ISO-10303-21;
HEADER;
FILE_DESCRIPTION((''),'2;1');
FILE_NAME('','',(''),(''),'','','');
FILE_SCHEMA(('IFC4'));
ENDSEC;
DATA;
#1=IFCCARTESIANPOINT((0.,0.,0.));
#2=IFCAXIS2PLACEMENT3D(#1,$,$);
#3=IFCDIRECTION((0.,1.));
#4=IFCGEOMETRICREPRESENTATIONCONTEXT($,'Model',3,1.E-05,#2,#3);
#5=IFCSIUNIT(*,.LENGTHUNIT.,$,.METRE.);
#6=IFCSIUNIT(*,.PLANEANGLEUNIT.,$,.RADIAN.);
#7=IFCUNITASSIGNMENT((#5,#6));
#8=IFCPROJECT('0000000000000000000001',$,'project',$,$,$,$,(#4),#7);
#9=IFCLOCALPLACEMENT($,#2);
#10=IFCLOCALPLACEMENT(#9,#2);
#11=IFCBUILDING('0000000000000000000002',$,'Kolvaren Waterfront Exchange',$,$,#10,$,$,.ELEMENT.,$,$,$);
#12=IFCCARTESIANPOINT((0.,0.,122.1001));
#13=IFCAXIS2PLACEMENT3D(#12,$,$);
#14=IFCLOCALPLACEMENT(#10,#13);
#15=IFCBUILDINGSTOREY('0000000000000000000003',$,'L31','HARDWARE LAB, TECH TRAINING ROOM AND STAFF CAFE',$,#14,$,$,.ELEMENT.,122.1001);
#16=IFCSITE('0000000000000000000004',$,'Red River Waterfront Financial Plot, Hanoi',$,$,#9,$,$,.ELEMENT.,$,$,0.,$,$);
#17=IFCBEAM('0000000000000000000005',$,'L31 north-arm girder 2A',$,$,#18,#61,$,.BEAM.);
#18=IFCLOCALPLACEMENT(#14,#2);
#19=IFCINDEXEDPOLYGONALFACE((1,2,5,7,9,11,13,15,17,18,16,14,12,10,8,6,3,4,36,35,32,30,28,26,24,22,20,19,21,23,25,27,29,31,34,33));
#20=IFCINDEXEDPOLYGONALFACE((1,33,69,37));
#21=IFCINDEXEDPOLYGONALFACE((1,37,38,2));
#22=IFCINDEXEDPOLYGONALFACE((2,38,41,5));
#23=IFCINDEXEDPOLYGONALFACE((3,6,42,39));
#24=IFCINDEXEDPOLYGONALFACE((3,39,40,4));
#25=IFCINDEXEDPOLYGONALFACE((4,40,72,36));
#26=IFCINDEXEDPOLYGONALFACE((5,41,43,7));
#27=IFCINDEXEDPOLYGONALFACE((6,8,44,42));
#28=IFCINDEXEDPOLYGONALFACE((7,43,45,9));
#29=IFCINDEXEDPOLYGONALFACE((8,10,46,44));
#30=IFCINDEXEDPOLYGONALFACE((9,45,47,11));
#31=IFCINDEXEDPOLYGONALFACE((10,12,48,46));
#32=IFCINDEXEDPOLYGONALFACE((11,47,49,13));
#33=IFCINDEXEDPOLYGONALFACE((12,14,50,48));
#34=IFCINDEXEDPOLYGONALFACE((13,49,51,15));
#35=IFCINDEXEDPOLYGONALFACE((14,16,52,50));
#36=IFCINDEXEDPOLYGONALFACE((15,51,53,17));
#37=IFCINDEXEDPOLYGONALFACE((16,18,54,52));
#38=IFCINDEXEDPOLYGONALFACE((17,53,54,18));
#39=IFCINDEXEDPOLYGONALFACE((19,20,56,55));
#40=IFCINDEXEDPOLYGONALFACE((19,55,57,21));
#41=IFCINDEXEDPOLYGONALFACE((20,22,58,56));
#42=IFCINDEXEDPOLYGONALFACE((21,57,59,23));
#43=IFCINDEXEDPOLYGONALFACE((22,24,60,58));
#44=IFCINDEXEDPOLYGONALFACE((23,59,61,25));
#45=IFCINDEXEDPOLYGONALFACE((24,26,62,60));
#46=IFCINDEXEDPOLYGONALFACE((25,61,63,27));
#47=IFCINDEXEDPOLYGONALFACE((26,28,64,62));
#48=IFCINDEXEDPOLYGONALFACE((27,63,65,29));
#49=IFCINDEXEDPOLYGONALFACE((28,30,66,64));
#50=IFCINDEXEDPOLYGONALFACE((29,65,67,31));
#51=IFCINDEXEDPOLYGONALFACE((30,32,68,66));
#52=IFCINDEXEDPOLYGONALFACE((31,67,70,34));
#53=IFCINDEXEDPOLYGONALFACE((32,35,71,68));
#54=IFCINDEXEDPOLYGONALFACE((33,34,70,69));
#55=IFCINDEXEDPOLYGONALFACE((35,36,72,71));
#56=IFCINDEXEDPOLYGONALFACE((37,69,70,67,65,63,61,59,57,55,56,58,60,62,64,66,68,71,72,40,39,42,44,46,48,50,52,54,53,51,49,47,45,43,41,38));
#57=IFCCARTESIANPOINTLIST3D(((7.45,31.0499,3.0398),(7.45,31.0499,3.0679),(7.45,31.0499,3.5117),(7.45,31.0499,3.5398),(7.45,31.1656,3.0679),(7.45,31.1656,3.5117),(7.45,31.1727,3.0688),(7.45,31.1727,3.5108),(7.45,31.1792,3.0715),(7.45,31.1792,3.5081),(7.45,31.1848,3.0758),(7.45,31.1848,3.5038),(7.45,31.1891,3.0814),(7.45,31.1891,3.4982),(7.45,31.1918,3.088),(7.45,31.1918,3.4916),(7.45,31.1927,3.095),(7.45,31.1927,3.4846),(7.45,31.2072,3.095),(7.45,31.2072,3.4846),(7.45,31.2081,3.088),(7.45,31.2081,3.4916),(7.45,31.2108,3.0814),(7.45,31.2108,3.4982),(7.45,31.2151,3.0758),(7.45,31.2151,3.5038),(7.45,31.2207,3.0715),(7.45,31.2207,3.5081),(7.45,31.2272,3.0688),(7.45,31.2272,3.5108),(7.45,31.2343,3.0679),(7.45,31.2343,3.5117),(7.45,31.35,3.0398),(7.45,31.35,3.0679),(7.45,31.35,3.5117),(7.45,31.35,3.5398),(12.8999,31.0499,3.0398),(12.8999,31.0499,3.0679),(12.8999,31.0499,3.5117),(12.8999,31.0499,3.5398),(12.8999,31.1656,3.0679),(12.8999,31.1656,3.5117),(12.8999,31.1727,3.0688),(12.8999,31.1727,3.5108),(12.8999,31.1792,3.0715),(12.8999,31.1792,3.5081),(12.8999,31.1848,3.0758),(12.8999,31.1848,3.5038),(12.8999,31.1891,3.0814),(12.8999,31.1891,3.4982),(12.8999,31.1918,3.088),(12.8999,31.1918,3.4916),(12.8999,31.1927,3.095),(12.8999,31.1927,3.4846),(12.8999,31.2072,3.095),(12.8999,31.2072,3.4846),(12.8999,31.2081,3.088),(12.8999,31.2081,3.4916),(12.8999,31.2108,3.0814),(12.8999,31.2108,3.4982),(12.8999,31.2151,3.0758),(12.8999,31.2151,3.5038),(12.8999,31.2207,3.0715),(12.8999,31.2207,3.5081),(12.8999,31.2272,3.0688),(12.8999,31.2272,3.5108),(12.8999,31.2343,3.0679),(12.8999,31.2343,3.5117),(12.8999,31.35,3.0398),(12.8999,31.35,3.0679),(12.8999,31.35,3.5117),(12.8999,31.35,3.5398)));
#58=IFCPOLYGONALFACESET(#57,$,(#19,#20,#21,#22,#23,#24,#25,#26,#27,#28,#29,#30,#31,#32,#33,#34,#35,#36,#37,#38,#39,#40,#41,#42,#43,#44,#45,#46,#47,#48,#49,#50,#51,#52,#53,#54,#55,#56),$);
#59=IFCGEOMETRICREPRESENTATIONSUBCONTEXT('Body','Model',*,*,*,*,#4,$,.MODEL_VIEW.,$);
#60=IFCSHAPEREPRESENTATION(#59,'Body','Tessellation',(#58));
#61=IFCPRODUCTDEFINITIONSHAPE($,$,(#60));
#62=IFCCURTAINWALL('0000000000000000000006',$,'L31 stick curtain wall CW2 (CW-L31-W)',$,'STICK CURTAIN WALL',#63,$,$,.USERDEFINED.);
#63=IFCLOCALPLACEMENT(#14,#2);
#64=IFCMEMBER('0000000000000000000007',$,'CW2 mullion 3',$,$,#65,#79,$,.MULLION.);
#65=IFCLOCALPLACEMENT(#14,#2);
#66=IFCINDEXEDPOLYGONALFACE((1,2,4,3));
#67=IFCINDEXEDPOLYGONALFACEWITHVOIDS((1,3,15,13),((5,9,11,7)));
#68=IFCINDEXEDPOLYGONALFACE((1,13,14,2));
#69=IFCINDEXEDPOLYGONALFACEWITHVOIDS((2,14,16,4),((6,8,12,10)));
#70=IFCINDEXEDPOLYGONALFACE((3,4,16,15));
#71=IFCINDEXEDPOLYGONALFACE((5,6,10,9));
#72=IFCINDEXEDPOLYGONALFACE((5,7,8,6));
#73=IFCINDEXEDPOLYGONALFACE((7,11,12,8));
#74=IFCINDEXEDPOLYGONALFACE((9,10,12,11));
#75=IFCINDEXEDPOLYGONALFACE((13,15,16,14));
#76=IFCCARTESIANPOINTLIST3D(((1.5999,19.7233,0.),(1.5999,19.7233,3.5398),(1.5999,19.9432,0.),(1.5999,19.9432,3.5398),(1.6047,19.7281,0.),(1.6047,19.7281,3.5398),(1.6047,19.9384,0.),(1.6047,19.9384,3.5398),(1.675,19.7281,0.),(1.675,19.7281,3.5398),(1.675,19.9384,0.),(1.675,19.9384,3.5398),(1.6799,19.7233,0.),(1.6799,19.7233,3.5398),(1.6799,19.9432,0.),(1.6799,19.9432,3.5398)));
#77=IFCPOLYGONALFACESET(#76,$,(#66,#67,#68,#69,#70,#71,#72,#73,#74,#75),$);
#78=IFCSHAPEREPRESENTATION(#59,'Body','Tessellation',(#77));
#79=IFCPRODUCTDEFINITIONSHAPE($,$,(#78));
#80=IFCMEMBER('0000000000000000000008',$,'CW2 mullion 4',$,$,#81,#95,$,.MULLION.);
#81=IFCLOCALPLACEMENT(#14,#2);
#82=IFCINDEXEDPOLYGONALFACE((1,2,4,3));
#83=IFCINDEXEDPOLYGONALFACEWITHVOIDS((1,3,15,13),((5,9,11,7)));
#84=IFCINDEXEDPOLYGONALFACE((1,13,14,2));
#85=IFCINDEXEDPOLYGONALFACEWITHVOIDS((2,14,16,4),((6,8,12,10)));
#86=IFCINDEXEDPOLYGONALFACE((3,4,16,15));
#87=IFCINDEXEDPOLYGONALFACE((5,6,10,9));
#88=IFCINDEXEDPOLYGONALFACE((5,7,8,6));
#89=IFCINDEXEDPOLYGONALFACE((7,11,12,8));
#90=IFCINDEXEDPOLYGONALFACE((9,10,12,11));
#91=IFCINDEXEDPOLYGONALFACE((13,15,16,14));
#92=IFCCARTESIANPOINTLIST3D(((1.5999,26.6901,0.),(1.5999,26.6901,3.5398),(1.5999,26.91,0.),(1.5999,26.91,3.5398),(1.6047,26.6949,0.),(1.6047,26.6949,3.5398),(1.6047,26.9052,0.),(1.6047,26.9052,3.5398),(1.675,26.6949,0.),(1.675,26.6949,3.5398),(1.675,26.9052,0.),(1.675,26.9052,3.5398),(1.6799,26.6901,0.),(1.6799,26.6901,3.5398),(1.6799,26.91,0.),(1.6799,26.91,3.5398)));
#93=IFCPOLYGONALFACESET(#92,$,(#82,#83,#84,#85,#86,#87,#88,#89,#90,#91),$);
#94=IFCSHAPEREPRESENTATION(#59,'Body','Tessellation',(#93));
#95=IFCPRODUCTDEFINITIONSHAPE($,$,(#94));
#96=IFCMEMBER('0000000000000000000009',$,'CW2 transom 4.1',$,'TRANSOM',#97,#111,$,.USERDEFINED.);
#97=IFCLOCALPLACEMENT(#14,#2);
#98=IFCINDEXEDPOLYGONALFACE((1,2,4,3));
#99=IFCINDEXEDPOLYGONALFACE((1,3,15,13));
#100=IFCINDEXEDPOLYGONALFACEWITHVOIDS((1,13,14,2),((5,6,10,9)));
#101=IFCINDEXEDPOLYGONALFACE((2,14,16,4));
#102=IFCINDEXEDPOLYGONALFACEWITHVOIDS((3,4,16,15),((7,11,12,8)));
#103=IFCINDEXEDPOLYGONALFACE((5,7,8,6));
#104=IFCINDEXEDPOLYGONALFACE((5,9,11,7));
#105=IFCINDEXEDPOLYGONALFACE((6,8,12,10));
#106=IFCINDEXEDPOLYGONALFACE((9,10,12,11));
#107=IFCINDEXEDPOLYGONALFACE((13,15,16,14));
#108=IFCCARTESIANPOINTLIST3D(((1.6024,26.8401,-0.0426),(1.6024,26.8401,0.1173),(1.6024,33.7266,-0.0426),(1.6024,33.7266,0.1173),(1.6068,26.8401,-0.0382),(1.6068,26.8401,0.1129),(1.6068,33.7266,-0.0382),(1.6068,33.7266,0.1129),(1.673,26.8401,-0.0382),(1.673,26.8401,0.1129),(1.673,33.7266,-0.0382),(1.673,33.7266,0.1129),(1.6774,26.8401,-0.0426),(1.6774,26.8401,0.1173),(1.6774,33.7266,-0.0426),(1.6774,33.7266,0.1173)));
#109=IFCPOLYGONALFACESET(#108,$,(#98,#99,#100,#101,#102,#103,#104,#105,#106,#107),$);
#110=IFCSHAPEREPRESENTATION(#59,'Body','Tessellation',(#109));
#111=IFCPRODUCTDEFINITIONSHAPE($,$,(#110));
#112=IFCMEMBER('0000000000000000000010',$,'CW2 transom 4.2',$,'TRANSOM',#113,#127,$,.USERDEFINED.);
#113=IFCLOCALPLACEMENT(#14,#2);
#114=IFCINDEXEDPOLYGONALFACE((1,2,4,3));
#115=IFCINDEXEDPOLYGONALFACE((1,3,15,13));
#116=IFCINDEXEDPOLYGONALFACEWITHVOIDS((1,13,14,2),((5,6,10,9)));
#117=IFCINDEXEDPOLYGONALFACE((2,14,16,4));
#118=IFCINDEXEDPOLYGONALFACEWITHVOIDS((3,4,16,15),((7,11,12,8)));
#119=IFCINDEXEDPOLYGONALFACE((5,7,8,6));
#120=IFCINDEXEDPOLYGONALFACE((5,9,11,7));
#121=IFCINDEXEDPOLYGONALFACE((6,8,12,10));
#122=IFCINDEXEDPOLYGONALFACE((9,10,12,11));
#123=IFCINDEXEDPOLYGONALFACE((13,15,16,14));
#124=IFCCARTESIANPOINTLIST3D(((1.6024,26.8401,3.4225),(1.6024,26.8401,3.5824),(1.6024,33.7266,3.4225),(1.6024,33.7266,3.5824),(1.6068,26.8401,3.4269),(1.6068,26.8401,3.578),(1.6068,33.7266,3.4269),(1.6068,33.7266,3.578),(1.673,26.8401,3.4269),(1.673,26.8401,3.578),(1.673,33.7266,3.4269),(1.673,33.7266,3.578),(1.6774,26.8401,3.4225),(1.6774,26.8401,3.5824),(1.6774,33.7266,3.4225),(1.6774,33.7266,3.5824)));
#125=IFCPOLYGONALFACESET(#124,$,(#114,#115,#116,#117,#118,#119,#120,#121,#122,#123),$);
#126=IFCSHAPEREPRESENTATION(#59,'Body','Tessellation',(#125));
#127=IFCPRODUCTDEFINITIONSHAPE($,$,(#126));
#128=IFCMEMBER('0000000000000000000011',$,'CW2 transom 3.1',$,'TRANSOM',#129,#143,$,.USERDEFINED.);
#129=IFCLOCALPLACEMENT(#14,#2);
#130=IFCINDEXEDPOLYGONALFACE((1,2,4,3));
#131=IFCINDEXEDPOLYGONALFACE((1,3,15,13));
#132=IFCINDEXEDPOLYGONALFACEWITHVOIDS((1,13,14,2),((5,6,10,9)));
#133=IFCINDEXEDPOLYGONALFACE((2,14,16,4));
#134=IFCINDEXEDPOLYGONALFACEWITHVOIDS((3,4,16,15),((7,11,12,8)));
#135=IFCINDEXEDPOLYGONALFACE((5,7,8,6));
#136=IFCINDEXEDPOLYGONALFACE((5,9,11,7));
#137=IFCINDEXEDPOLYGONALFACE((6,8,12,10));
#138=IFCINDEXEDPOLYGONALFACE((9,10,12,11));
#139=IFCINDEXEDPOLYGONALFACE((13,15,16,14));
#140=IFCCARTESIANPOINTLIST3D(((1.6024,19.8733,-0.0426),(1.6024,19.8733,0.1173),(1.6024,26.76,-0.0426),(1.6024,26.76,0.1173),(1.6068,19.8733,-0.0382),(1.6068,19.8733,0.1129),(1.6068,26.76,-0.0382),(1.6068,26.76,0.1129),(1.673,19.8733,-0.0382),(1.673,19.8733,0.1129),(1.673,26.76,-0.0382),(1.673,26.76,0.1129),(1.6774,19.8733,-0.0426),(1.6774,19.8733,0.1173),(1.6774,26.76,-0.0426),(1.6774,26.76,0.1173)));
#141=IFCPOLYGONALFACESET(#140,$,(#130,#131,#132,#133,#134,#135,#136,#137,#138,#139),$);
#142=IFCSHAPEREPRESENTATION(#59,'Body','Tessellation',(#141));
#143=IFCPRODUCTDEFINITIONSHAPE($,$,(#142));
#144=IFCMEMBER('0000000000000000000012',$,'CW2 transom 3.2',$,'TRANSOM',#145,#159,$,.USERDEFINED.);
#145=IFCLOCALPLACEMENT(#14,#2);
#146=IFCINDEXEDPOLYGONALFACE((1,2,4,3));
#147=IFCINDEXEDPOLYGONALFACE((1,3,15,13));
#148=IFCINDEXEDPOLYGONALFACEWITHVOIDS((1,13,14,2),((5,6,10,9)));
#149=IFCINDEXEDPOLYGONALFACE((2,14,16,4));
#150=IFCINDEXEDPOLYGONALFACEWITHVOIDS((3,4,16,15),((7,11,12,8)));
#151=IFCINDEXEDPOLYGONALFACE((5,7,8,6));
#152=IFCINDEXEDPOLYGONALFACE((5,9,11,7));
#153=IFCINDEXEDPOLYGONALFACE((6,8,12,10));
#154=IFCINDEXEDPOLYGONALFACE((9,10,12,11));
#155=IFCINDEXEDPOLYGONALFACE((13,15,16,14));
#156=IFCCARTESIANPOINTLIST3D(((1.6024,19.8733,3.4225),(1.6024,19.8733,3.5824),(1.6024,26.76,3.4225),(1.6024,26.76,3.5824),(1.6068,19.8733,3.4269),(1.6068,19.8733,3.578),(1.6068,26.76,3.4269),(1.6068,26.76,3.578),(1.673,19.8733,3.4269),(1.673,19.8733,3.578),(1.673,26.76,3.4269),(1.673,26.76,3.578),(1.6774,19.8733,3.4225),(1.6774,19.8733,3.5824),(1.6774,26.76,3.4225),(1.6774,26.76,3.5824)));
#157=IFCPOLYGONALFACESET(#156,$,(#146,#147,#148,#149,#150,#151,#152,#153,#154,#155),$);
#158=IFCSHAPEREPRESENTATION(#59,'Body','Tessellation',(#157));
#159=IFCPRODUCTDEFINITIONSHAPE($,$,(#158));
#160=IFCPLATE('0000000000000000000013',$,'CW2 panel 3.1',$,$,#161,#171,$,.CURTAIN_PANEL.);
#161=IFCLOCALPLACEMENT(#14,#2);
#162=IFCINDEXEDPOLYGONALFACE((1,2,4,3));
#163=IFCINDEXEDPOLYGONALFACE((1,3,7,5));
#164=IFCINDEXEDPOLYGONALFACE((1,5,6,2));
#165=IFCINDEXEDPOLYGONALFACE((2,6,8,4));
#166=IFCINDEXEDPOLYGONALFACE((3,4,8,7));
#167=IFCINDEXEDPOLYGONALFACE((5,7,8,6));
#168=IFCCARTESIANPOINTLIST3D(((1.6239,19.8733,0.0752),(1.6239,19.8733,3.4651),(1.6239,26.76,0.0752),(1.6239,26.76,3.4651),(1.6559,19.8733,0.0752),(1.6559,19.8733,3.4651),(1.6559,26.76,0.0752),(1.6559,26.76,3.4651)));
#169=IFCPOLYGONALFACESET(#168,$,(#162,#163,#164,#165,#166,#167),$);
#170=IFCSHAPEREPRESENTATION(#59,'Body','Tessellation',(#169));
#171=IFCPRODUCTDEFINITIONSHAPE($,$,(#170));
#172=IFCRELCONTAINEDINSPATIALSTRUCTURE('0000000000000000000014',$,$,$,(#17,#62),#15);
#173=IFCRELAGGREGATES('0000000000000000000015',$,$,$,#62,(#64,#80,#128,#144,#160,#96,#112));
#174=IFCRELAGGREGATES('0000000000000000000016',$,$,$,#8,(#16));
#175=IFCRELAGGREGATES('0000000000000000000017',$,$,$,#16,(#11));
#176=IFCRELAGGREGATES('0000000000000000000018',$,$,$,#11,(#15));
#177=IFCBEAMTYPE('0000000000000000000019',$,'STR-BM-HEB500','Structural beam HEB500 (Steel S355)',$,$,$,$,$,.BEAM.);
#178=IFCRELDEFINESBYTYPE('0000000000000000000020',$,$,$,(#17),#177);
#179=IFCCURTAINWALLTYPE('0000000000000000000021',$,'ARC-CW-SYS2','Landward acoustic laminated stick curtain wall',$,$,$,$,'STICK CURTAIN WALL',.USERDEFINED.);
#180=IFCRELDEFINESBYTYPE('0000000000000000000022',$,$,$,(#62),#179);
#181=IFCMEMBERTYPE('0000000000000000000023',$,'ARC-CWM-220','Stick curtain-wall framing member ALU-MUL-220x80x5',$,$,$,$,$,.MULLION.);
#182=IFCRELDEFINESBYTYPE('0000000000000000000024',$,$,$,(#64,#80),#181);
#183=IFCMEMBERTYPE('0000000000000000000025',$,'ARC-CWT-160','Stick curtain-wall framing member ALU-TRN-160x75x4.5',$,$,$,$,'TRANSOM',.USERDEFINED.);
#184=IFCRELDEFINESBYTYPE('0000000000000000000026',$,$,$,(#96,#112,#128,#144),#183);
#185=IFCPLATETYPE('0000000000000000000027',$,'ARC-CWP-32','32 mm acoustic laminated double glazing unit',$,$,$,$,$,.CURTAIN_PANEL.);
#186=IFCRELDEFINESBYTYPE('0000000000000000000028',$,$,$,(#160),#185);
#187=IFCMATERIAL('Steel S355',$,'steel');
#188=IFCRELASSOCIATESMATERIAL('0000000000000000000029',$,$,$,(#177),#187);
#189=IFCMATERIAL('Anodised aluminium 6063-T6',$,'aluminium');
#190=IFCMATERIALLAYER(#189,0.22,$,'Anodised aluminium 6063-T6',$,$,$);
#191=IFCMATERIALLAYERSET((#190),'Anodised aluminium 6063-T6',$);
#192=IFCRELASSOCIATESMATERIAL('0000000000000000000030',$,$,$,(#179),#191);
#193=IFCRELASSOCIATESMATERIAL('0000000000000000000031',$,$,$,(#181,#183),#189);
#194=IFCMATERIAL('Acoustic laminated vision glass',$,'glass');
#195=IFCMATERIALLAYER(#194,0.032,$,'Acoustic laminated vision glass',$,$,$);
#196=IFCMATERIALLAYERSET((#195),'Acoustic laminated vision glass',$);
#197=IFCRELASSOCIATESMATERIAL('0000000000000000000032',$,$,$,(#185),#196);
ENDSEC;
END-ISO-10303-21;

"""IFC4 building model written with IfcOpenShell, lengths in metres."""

from ifc_helpers import new_model, si_unit, direction, frame, origin, origin_with_axes, origin_2d, place, context, subcontext, project, spatial, rectangle, hollow_rectangle, i_section, extrude, source, transform, mapped, material, layer, layer_set, material_profile, profile_set, type_object, element, aggregate, save


model = new_model("IFC4")

# Units and contexts
model_context = context("Model", 3, precision=1e-05, world=origin(), true_north=direction((0.0, 1.0)))
body_context = subcontext(model_context, "Body", "Model", "MODEL_VIEW")
ifc_project = project(units=[si_unit("LENGTHUNIT", "METRE"), si_unit("PLANEANGLEUNIT", "RADIAN")], contexts=[model_context])

# Site, building, storey
site_placement = place(None, origin())
site = spatial("IfcSite", under=ifc_project, at=site_placement, Name="Red River Waterfront Financial Plot, Hanoi", CompositionType="ELEMENT", RefElevation=0.0)
building_placement = place(site_placement, origin())
building = spatial("IfcBuilding", under=site, at=building_placement, Name="Kolvaren Waterfront Exchange", CompositionType="ELEMENT")
storey_placement = place(building_placement, frame((0.0, 0.0, 122.1001)))
storey = spatial("IfcBuildingStorey", under=building, at=storey_placement, Name="L31", Description="HARDWARE LAB, TECH TRAINING ROOM AND STAFF CAFE", CompositionType="ELEMENT", Elevation=122.1001)

# Beam
ifc_material_1 = material(Name="Steel S355", Category="steel")
ifc_material_profile_1 = material_profile(ifc_material_1, i_section(OverallWidth=0.3, OverallDepth=0.5, WebThickness=0.0144, FlangeThickness=0.0281, FilletRadius=0.0271, at=origin_2d()), Name="HEB500")
ifc_profile_set_1 = profile_set([ifc_material_profile_1], Name="Steel S355")
beam_type_1 = type_object("IfcBeamType", Name="STR-BM-HEB500", Description="Structural beam HEB500 (Steel S355)", PredefinedType="BEAM", material=ifc_profile_set_1)
for number, where, z_axis, x_axis, name in (
    (1, (7.45, 31.2, 3.2898), (1.0, 0.0, 0.0), (0.0, 1.0, 0.0), "L31 north-arm girder 2A"),
):
    element("IfcBeam", number, at=place(storey_placement, frame(where, z_axis=z_axis, x_axis=x_axis)), inside=storey, type_object=beam_type_1, Name=name, PredefinedType="BEAM", context=body_context, shape_type="SweptSolid", body=[
        extrude(i_section(OverallWidth=0.3, OverallDepth=0.5, WebThickness=0.0144, FlangeThickness=0.0281, FilletRadius=0.0271, at=origin_2d()), origin(), (0.0, 0.0, 1.0), 5.45),
    ])

# Curtain wall, members, plate
ifc_material_2 = material(Name="Anodised aluminium 6063-T6", Category="aluminium")
ifc_layer_1 = layer(ifc_material_2, 0.22, Name="Anodised aluminium 6063-T6")
ifc_layer_set_1 = layer_set([ifc_layer_1], Name="Anodised aluminium 6063-T6")
curtain_wall_type = type_object("IfcCurtainWallType", Name="ARC-CW-SYS2", Description="Landward acoustic laminated stick curtain wall", ElementType="STICK CURTAIN WALL", PredefinedType="USERDEFINED", material=ifc_layer_set_1)
curtain_wall_placement = place(storey_placement, origin())
curtain_wall = element("IfcCurtainWall", 2, at=curtain_wall_placement, inside=storey, type_object=curtain_wall_type, Name="L31 stick curtain wall CW2 (CW-L31-W)", ObjectType="STICK CURTAIN WALL", PredefinedType="USERDEFINED")
ifc_material_profile_2 = material_profile(ifc_material_2, hollow_rectangle(XDim=0.0801, YDim=0.22, WallThickness=0.0049, at=origin_2d()), Name="ALU-MUL-220x80x5")
ifc_profile_set_2 = profile_set([ifc_material_profile_2], Name="Anodised aluminium 6063-T6")
member_type_1 = type_object("IfcMemberType", Name="ARC-CWM-220", Description="Stick curtain-wall framing member ALU-MUL-220x80x5", PredefinedType="MULLION", material=ifc_profile_set_2)
shared_shape_1 = source(origin_with_axes(), body_context, "Body", "SweptSolid", [
    extrude(hollow_rectangle(XDim=0.0801, YDim=0.22, WallThickness=0.0049, at=origin_2d()), origin(), (0.0, 0.0, 1.0), 3.5398),
])
member_1_placement = place(storey_placement, frame((1.6399, 19.8333, 0.0), z_axis=(0.0, 0.0, 1.0), x_axis=(-1.0, 0.0, 0.0)))
member_1 = element("IfcMember", 3, at=member_1_placement, type_object=member_type_1, Name="CW2 mullion 3", PredefinedType="MULLION", context=body_context, shape_type="MappedRepresentation", body=[
    mapped(shared_shape_1, transform((0.0, 0.0, 0.0), x_axis=(1.0, 0.0, 0.0), y_axis=(0.0, 1.0, 0.0), z_axis=(0.0, 0.0, 1.0), scale=1.0)),
])
member_2_placement = place(storey_placement, frame((1.6399, 26.8, 0.0), z_axis=(0.0, 0.0, 1.0), x_axis=(-1.0, 0.0, 0.0)))
member_2 = element("IfcMember", 4, at=member_2_placement, type_object=member_type_1, Name="CW2 mullion 4", PredefinedType="MULLION", context=body_context, shape_type="MappedRepresentation", body=[
    mapped(shared_shape_1, transform((0.0, 0.0, 0.0), x_axis=(1.0, 0.0, 0.0), y_axis=(0.0, 1.0, 0.0), z_axis=(0.0, 0.0, 1.0), scale=1.0)),
])
ifc_material_profile_3 = material_profile(ifc_material_2, hollow_rectangle(XDim=0.075, YDim=0.1599, WallThickness=0.0044, at=origin_2d()), Name="ALU-TRN-160x75x4.5")
ifc_profile_set_3 = profile_set([ifc_material_profile_3], Name="Anodised aluminium 6063-T6")
member_type_2 = type_object("IfcMemberType", Name="ARC-CWT-160", Description="Stick curtain-wall framing member ALU-TRN-160x75x4.5", ElementType="TRANSOM", PredefinedType="USERDEFINED", material=ifc_profile_set_3)
shared_shape_2 = source(origin_with_axes(), body_context, "Body", "SweptSolid", [
    extrude(hollow_rectangle(XDim=0.075, YDim=0.1599, WallThickness=0.0044, at=origin_2d()), origin(), (0.0, 0.0, 1.0), 6.8865),
])
member_3_placement = place(storey_placement, frame((1.6399, 26.8401, 0.0374), z_axis=(0.0, 1.0, 0.0), x_axis=(-1.0, 0.0, 0.0)))
member_3 = element("IfcMember", 5, at=member_3_placement, type_object=member_type_2, Name="CW2 transom 4.1", ObjectType="TRANSOM", PredefinedType="USERDEFINED", context=body_context, shape_type="MappedRepresentation", body=[
    mapped(shared_shape_2, transform((0.0, 0.0, 0.0), x_axis=(1.0, 0.0, 0.0), y_axis=(0.0, 1.0, 0.0), z_axis=(0.0, 0.0, 1.0), scale=1.0)),
])
member_4_placement = place(storey_placement, frame((1.6399, 26.8401, 3.5024), z_axis=(0.0, 1.0, 0.0), x_axis=(-1.0, 0.0, 0.0)))
member_4 = element("IfcMember", 6, at=member_4_placement, type_object=member_type_2, Name="CW2 transom 4.2", ObjectType="TRANSOM", PredefinedType="USERDEFINED", context=body_context, shape_type="MappedRepresentation", body=[
    mapped(shared_shape_2, transform((0.0, 0.0, 0.0), x_axis=(1.0, 0.0, 0.0), y_axis=(0.0, 1.0, 0.0), z_axis=(0.0, 0.0, 1.0), scale=1.0)),
])
shared_shape_3 = source(origin_with_axes(), body_context, "Body", "SweptSolid", [
    extrude(hollow_rectangle(XDim=0.075, YDim=0.1599, WallThickness=0.0044, at=origin_2d()), origin(), (0.0, 0.0, 1.0), 6.8867),
])
member_5_placement = place(storey_placement, frame((1.6399, 19.8733, 0.0374), z_axis=(0.0, 1.0, 0.0), x_axis=(-1.0, 0.0, 0.0)))
member_5 = element("IfcMember", 7, at=member_5_placement, type_object=member_type_2, Name="CW2 transom 3.1", ObjectType="TRANSOM", PredefinedType="USERDEFINED", context=body_context, shape_type="MappedRepresentation", body=[
    mapped(shared_shape_3, transform((0.0, 0.0, 0.0), x_axis=(1.0, 0.0, 0.0), y_axis=(0.0, 1.0, 0.0), z_axis=(0.0, 0.0, 1.0), scale=1.0)),
])
member_6_placement = place(storey_placement, frame((1.6399, 19.8733, 3.5024), z_axis=(0.0, 1.0, 0.0), x_axis=(-1.0, 0.0, 0.0)))
member_6 = element("IfcMember", 8, at=member_6_placement, type_object=member_type_2, Name="CW2 transom 3.2", ObjectType="TRANSOM", PredefinedType="USERDEFINED", context=body_context, shape_type="MappedRepresentation", body=[
    mapped(shared_shape_3, transform((0.0, 0.0, 0.0), x_axis=(1.0, 0.0, 0.0), y_axis=(0.0, 1.0, 0.0), z_axis=(0.0, 0.0, 1.0), scale=1.0)),
])
ifc_material_3 = material(Name="Acoustic laminated vision glass", Category="glass")
ifc_layer_2 = layer(ifc_material_3, 0.032, Name="Acoustic laminated vision glass")
ifc_layer_set_2 = layer_set([ifc_layer_2], Name="Acoustic laminated vision glass")
plate_type = type_object("IfcPlateType", Name="ARC-CWP-32", Description="32 mm acoustic laminated double glazing unit", PredefinedType="CURTAIN_PANEL", material=ifc_layer_set_2)
shared_shape_4 = source(origin_with_axes(), body_context, "Body", "SweptSolid", [
    extrude(rectangle(XDim=6.8867, YDim=0.032, at=origin_2d()), origin(), (0.0, 0.0, 1.0), 3.3899),
])
plate_1_placement = place(storey_placement, frame((1.6399, 23.3167, 0.0752), z_axis=(0.0, 0.0, 1.0), x_axis=(0.0, 1.0, 0.0)))
plate_1 = element("IfcPlate", 9, at=plate_1_placement, type_object=plate_type, Name="CW2 panel 3.1", PredefinedType="CURTAIN_PANEL", context=body_context, shape_type="MappedRepresentation", body=[
    mapped(shared_shape_4, transform((0.0, 0.0, 0.0), x_axis=(1.0, 0.0, 0.0), y_axis=(0.0, 1.0, 0.0), z_axis=(0.0, 0.0, 1.0), scale=1.0)),
])
aggregate(curtain_wall, [member_1, member_2, member_5, member_6, plate_1, member_3, member_4])

save(model, "model.ifc")
